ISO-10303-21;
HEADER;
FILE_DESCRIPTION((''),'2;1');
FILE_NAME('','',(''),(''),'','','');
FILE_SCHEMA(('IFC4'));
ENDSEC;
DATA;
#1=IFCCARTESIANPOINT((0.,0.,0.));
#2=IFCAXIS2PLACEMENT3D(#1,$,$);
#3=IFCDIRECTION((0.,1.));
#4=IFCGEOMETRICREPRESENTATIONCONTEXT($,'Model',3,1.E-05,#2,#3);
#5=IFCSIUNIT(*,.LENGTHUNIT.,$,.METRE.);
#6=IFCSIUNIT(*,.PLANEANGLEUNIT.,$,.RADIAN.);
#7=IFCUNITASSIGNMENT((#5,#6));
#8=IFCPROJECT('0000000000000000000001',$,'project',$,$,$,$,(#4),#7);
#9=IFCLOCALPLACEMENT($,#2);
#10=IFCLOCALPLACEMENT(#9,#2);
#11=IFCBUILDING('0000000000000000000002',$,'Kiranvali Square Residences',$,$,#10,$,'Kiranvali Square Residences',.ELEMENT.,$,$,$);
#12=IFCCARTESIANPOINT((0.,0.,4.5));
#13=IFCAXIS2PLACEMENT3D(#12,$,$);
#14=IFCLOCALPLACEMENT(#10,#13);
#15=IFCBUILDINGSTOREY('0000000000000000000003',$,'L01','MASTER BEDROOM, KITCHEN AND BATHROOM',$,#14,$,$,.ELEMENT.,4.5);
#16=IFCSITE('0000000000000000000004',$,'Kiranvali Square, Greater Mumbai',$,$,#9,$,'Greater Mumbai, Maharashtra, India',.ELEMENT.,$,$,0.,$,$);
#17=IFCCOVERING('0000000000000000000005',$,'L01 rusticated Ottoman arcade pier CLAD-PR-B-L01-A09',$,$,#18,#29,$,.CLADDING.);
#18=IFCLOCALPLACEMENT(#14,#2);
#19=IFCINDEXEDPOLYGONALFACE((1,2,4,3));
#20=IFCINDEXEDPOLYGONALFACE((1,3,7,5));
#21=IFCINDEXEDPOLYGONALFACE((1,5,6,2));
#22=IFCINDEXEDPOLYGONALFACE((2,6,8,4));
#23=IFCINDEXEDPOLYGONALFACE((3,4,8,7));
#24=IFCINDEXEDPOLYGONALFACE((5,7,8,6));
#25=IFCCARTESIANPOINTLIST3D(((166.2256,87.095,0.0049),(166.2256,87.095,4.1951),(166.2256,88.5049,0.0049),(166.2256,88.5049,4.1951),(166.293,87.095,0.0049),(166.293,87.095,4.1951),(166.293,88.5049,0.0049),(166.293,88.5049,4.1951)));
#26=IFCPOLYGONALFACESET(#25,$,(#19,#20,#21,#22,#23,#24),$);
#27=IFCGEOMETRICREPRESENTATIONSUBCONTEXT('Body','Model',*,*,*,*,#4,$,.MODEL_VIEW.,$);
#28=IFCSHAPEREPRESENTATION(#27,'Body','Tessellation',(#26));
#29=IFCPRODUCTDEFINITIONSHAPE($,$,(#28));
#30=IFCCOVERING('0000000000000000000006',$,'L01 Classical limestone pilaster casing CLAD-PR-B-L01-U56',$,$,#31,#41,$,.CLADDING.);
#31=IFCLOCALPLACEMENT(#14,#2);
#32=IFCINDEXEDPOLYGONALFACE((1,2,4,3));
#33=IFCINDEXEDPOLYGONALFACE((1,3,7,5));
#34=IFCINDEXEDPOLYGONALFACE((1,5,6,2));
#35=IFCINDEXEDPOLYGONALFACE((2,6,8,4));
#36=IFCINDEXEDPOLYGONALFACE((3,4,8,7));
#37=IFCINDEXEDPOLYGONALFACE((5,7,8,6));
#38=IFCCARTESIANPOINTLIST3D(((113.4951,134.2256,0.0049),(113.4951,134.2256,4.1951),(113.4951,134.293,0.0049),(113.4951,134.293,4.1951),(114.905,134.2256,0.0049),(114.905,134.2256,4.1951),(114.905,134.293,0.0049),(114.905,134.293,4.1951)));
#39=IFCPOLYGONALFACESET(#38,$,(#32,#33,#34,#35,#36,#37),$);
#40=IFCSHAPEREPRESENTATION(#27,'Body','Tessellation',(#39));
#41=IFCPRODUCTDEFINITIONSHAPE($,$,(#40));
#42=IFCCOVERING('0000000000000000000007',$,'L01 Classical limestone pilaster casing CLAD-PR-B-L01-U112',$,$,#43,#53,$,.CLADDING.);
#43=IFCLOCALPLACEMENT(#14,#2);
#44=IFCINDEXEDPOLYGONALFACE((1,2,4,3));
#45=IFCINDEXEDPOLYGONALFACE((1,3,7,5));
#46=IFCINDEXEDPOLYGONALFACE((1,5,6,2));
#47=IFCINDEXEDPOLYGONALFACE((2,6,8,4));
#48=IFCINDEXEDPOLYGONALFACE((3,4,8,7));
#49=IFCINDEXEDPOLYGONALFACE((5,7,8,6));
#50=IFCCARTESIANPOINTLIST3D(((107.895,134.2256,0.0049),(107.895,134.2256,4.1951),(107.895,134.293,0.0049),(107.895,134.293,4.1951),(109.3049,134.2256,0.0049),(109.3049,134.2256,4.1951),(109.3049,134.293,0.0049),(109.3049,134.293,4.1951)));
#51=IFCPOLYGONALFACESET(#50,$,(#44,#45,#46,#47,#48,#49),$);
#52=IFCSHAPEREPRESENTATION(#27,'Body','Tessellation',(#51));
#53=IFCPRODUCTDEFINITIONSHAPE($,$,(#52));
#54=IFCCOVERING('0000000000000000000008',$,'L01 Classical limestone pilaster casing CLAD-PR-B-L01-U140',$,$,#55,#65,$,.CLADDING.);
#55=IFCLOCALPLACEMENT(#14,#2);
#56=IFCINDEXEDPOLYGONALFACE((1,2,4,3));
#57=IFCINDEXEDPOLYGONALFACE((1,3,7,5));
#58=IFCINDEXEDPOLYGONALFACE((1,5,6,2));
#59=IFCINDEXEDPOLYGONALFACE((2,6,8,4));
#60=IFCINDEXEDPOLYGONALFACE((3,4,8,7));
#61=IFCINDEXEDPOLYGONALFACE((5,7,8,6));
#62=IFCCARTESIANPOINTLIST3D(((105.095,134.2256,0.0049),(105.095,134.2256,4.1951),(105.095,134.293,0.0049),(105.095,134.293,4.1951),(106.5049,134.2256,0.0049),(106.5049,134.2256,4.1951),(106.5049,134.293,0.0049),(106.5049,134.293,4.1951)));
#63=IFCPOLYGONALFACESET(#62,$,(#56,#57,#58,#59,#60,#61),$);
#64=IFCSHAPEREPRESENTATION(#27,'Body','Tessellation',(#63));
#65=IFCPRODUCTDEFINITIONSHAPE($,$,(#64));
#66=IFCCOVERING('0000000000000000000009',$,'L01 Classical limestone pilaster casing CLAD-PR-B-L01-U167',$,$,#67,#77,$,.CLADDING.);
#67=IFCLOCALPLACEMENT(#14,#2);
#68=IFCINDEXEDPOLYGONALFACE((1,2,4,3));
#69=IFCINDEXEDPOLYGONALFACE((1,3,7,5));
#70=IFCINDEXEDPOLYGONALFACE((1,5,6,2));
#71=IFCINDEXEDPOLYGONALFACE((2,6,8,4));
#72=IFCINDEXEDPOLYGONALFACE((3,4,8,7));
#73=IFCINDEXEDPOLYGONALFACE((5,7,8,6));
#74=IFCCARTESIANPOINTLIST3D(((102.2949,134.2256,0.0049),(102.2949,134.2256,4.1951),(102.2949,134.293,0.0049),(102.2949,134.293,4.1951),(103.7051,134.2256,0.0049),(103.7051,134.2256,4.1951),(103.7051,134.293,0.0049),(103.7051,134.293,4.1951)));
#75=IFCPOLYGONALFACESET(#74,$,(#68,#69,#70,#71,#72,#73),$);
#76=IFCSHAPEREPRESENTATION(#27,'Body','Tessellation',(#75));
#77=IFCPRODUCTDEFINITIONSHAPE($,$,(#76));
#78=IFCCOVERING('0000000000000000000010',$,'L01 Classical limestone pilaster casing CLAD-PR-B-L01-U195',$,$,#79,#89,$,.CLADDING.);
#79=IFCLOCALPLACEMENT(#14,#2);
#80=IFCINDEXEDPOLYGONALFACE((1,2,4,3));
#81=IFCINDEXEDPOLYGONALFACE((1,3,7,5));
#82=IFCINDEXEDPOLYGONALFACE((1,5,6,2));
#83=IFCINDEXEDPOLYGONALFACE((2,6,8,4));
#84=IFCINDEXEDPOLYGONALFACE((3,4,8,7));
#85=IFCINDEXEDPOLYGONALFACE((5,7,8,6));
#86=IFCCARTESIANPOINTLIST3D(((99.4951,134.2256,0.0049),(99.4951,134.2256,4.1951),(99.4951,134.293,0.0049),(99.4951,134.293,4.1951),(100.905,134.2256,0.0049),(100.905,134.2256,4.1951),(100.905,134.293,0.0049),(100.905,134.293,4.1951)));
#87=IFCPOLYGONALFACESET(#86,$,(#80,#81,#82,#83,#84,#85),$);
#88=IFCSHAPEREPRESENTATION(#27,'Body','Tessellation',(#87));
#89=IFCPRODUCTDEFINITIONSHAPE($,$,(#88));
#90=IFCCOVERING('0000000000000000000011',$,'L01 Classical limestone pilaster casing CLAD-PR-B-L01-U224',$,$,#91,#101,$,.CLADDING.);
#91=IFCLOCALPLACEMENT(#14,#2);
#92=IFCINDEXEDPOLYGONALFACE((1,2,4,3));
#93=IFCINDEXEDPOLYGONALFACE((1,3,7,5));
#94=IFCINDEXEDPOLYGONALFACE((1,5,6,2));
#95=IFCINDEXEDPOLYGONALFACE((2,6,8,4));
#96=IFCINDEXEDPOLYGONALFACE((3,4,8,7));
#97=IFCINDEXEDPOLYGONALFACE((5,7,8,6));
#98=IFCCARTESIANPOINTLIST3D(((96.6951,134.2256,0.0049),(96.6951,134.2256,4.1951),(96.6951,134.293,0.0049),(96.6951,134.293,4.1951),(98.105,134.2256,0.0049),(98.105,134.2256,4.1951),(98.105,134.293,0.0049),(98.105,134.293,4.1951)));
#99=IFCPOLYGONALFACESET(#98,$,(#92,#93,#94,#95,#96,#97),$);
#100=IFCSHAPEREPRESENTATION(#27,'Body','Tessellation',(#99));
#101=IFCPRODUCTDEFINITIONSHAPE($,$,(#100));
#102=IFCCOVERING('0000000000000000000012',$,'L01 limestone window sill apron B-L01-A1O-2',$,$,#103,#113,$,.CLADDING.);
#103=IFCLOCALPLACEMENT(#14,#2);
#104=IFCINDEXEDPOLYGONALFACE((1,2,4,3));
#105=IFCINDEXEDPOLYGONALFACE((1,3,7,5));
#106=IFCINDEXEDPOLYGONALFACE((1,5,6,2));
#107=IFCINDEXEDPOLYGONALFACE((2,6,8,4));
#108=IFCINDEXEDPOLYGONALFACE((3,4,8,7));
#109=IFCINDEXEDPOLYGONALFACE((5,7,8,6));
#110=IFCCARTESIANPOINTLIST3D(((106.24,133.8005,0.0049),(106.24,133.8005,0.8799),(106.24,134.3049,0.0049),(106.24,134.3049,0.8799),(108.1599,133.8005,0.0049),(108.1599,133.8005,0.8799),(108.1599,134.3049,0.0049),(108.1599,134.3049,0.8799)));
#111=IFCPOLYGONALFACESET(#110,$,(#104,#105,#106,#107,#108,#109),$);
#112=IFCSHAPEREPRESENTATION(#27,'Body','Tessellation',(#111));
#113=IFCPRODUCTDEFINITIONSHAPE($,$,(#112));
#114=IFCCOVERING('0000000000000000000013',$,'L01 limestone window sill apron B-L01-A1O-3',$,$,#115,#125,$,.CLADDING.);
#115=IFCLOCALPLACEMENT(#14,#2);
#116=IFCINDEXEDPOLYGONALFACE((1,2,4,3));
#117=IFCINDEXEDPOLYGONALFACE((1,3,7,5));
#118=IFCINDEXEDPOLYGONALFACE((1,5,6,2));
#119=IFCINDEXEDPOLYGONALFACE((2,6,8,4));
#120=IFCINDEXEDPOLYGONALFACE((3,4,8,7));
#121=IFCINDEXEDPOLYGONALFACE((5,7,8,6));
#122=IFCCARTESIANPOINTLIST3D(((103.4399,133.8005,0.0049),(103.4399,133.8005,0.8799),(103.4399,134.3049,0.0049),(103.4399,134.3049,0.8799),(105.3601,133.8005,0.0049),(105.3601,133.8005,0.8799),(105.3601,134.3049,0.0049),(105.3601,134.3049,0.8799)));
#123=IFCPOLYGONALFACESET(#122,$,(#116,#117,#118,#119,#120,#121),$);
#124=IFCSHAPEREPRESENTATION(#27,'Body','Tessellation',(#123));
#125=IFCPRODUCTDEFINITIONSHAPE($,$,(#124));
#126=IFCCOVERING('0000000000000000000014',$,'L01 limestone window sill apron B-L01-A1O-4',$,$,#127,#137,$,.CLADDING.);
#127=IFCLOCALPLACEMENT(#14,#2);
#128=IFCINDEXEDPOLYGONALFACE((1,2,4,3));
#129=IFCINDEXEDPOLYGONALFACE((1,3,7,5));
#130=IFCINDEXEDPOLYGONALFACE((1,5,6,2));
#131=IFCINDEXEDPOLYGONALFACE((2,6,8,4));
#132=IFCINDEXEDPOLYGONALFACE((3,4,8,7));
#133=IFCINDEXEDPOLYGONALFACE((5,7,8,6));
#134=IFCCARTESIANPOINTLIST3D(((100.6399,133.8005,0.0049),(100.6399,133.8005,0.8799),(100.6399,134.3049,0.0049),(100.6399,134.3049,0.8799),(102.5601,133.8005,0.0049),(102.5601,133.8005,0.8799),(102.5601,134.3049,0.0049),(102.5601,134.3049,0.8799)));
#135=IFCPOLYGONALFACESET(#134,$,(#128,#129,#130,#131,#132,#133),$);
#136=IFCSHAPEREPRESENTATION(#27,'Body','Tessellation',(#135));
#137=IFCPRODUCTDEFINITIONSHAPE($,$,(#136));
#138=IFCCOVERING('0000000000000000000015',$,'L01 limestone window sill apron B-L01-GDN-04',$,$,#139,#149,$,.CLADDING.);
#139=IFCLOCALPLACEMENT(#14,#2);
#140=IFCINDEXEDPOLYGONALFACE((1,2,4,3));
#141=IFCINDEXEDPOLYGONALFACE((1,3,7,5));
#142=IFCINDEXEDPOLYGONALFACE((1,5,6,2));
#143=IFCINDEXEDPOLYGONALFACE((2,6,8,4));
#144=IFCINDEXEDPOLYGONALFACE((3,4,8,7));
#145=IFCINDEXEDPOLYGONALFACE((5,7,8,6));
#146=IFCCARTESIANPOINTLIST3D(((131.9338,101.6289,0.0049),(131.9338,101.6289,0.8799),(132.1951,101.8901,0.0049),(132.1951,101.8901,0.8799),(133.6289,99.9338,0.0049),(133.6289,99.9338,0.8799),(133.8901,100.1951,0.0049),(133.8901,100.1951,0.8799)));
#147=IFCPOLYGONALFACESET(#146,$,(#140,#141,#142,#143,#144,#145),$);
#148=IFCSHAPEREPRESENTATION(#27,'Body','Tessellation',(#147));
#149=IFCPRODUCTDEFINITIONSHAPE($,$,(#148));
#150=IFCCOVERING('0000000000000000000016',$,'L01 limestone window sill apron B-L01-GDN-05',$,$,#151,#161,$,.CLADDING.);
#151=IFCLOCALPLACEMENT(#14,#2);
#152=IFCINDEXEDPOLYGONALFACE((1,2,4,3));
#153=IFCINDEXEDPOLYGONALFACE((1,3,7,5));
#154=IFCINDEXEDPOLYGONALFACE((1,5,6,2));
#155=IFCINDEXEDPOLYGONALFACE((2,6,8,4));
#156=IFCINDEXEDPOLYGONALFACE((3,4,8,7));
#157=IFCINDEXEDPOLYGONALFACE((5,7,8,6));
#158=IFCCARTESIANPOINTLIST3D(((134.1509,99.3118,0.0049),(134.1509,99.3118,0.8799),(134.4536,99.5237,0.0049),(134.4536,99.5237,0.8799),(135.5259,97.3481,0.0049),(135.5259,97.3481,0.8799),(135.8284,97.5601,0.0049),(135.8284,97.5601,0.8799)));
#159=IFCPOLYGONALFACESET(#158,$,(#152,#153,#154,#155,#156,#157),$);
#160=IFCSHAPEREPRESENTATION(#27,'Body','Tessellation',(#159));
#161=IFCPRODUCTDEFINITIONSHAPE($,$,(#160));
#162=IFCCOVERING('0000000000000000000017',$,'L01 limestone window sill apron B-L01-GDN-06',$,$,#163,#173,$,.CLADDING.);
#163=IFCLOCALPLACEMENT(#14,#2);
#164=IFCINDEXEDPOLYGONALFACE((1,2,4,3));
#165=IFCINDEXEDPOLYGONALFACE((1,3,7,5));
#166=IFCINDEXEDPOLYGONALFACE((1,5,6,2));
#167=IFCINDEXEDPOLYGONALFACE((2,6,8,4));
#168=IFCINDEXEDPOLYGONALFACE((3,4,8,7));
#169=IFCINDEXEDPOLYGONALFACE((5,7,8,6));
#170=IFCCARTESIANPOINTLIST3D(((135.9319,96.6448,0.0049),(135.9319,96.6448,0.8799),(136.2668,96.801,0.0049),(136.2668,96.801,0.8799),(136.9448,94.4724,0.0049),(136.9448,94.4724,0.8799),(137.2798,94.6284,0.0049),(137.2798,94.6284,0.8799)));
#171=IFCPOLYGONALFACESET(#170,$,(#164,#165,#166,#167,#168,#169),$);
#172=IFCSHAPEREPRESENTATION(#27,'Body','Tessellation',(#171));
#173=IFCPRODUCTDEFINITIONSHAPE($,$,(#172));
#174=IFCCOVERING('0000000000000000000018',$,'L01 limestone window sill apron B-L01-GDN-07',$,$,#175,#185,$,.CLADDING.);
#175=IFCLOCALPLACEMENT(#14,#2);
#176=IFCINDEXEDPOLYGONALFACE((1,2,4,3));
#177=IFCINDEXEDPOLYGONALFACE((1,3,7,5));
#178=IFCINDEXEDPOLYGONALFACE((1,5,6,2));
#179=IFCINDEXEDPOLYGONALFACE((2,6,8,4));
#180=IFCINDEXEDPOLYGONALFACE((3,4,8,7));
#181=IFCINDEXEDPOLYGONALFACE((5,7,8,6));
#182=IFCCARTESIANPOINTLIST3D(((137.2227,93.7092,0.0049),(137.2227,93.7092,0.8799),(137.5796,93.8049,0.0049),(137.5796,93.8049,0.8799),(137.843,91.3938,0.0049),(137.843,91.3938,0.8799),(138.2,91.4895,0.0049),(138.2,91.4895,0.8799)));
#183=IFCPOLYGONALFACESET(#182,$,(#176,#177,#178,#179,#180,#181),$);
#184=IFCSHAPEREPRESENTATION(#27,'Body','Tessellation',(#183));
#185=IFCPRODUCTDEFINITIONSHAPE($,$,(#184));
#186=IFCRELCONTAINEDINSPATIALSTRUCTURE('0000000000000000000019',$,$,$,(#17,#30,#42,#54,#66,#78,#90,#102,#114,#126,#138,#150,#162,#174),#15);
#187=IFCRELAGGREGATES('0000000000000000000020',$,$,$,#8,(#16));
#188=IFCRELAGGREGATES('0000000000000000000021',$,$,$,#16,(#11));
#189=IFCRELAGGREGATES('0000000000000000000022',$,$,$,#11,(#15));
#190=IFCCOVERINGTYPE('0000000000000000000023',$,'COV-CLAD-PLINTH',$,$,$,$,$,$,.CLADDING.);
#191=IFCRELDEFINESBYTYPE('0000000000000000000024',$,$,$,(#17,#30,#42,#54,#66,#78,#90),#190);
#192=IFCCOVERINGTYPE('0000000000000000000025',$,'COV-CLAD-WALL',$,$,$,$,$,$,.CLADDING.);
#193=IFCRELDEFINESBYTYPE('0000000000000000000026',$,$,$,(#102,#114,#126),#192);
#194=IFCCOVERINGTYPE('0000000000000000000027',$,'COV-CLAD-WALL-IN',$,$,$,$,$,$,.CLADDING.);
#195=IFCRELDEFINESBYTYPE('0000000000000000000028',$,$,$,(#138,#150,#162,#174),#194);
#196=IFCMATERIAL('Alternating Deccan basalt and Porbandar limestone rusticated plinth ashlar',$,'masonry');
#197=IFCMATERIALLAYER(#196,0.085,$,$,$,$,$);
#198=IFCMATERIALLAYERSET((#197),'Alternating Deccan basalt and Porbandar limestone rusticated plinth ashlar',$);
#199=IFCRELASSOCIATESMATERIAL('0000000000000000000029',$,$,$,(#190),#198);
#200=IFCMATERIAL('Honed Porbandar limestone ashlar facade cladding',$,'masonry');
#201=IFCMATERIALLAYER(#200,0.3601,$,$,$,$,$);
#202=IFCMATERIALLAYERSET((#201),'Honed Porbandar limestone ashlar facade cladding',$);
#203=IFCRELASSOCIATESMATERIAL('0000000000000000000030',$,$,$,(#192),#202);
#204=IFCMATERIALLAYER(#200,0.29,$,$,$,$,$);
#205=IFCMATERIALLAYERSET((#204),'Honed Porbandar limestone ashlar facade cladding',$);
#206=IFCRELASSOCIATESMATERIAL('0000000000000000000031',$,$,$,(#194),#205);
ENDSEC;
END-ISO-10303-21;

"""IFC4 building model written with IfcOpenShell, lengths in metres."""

from ifc_helpers import new_model, si_unit, direction, frame, origin, place, context, subcontext, project, spatial, polyline, outline, extrude, material, layer, layer_set, type_object, element, save


model = new_model("IFC4")

# Units and contexts
model_context = context("Model", 3, precision=1e-05, world=origin(), true_north=direction((0.0, 1.0)))
body_context = subcontext(model_context, "Body", "Model", "MODEL_VIEW")
ifc_project = project(units=[si_unit("LENGTHUNIT", "METRE"), si_unit("PLANEANGLEUNIT", "RADIAN")], contexts=[model_context])

# Site, building, storey
site_placement = place(None, origin())
site = spatial("IfcSite", under=ifc_project, at=site_placement, Name="Kiranvali Square, Greater Mumbai", LongName="Greater Mumbai, Maharashtra, India", CompositionType="ELEMENT", RefElevation=0.0)
building_placement = place(site_placement, origin())
building = spatial("IfcBuilding", under=site, at=building_placement, Name="Kiranvali Square Residences", LongName="Kiranvali Square Residences", CompositionType="ELEMENT")
storey_placement = place(building_placement, frame((0.0, 0.0, 4.5)))
storey = spatial("IfcBuildingStorey", under=building, at=storey_placement, Name="L01", Description="MASTER BEDROOM, KITCHEN AND BATHROOM", CompositionType="ELEMENT", Elevation=4.5)

# Coverings
ifc_material_1 = material(Name="Honed Porbandar limestone ashlar facade cladding", Category="masonry")
ifc_material_2 = material(Name="Alternating Deccan basalt and Porbandar limestone rusticated plinth ashlar", Category="masonry")
ifc_layer_1 = layer(ifc_material_2, 0.085)
ifc_layer_set_1 = layer_set([ifc_layer_1], Name="Alternating Deccan basalt and Porbandar limestone rusticated plinth ashlar")
covering_type_1 = type_object("IfcCoveringType", Name="COV-CLAD-PLINTH", PredefinedType="CLADDING", material=ifc_layer_set_1)
covering_1_placement = place(storey_placement, frame((0.0, 0.0, 0.0049)))
element("IfcCovering", 1, at=covering_1_placement, inside=storey, type_object=covering_type_1, Name="L01 rusticated Ottoman arcade pier CLAD-PR-B-L01-A09", PredefinedType="CLADDING", context=body_context, shape_type="SweptSolid", body=[
    extrude(outline(polyline([(166.293, 87.095), (166.293, 88.5049), (166.2256, 88.5049), (166.2256, 87.095), (166.293, 87.095)])), origin(), (0.0, 0.0, 1.0), 4.1902),
])
covering_2_placement = place(storey_placement, frame((0.0, 0.0, 0.0049)))
element("IfcCovering", 2, at=covering_2_placement, inside=storey, type_object=covering_type_1, Name="L01 Classical limestone pilaster casing CLAD-PR-B-L01-U56", PredefinedType="CLADDING", context=body_context, shape_type="SweptSolid", body=[
    extrude(outline(polyline([(114.905, 134.293), (113.4951, 134.293), (113.4951, 134.2256), (114.905, 134.2256), (114.905, 134.293)])), origin(), (0.0, 0.0, 1.0), 4.1902),
])
covering_3_placement = place(storey_placement, frame((0.0, 0.0, 0.0049)))
element("IfcCovering", 3, at=covering_3_placement, inside=storey, type_object=covering_type_1, Name="L01 Classical limestone pilaster casing CLAD-PR-B-L01-U112", PredefinedType="CLADDING", context=body_context, shape_type="SweptSolid", body=[
    extrude(outline(polyline([(109.3049, 134.293), (107.895, 134.293), (107.895, 134.2256), (109.3049, 134.2256), (109.3049, 134.293)])), origin(), (0.0, 0.0, 1.0), 4.1902),
])
covering_4_placement = place(storey_placement, frame((0.0, 0.0, 0.0049)))
element("IfcCovering", 4, at=covering_4_placement, inside=storey, type_object=covering_type_1, Name="L01 Classical limestone pilaster casing CLAD-PR-B-L01-U140", PredefinedType="CLADDING", context=body_context, shape_type="SweptSolid", body=[
    extrude(outline(polyline([(106.5049, 134.293), (105.095, 134.293), (105.095, 134.2256), (106.5049, 134.2256), (106.5049, 134.293)])), origin(), (0.0, 0.0, 1.0), 4.1902),
])
covering_5_placement = place(storey_placement, frame((0.0, 0.0, 0.0049)))
element("IfcCovering", 5, at=covering_5_placement, inside=storey, type_object=covering_type_1, Name="L01 Classical limestone pilaster casing CLAD-PR-B-L01-U167", PredefinedType="CLADDING", context=body_context, shape_type="SweptSolid", body=[
    extrude(outline(polyline([(103.7051, 134.293), (102.2949, 134.293), (102.2949, 134.2256), (103.7051, 134.2256), (103.7051, 134.293)])), origin(), (0.0, 0.0, 1.0), 4.1902),
])
covering_6_placement = place(storey_placement, frame((0.0, 0.0, 0.0049)))
element("IfcCovering", 6, at=covering_6_placement, inside=storey, type_object=covering_type_1, Name="L01 Classical limestone pilaster casing CLAD-PR-B-L01-U195", PredefinedType="CLADDING", context=body_context, shape_type="SweptSolid", body=[
    extrude(outline(polyline([(100.905, 134.293), (99.4951, 134.293), (99.4951, 134.2256), (100.905, 134.2256), (100.905, 134.293)])), origin(), (0.0, 0.0, 1.0), 4.1902),
])
covering_7_placement = place(storey_placement, frame((0.0, 0.0, 0.0049)))
element("IfcCovering", 7, at=covering_7_placement, inside=storey, type_object=covering_type_1, Name="L01 Classical limestone pilaster casing CLAD-PR-B-L01-U224", PredefinedType="CLADDING", context=body_context, shape_type="SweptSolid", body=[
    extrude(outline(polyline([(98.105, 134.293), (96.6951, 134.293), (96.6951, 134.2256), (98.105, 134.2256), (98.105, 134.293)])), origin(), (0.0, 0.0, 1.0), 4.1902),
])
ifc_layer_2 = layer(ifc_material_1, 0.3601)
ifc_layer_set_2 = layer_set([ifc_layer_2], Name="Honed Porbandar limestone ashlar facade cladding")
covering_type_2 = type_object("IfcCoveringType", Name="COV-CLAD-WALL", PredefinedType="CLADDING", material=ifc_layer_set_2)
covering_8_placement = place(storey_placement, frame((0.0, 0.0, 0.0049)))
element("IfcCovering", 8, at=covering_8_placement, inside=storey, type_object=covering_type_2, Name="L01 limestone window sill apron B-L01-A1O-2", PredefinedType="CLADDING", context=body_context, shape_type="SweptSolid", body=[
    extrude(outline(polyline([(108.1599, 134.3049), (106.24, 134.3049), (106.24, 133.8005), (108.1599, 133.8005), (108.1599, 134.3049)])), origin(), (0.0, 0.0, 1.0), 0.875),
])
covering_9_placement = place(storey_placement, frame((0.0, 0.0, 0.0049)))
element("IfcCovering", 9, at=covering_9_placement, inside=storey, type_object=covering_type_2, Name="L01 limestone window sill apron B-L01-A1O-3", PredefinedType="CLADDING", context=body_context, shape_type="SweptSolid", body=[
    extrude(outline(polyline([(105.3601, 134.3049), (103.4399, 134.3049), (103.4399, 133.8005), (105.3601, 133.8005), (105.3601, 134.3049)])), origin(), (0.0, 0.0, 1.0), 0.875),
])
covering_10_placement = place(storey_placement, frame((0.0, 0.0, 0.0049)))
element("IfcCovering", 10, at=covering_10_placement, inside=storey, type_object=covering_type_2, Name="L01 limestone window sill apron B-L01-A1O-4", PredefinedType="CLADDING", context=body_context, shape_type="SweptSolid", body=[
    extrude(outline(polyline([(102.5601, 134.3049), (100.6399, 134.3049), (100.6399, 133.8005), (102.5601, 133.8005), (102.5601, 134.3049)])), origin(), (0.0, 0.0, 1.0), 0.875),
])
ifc_layer_3 = layer(ifc_material_1, 0.29)
ifc_layer_set_3 = layer_set([ifc_layer_3], Name="Honed Porbandar limestone ashlar facade cladding")
covering_type_3 = type_object("IfcCoveringType", Name="COV-CLAD-WALL-IN", PredefinedType="CLADDING", material=ifc_layer_set_3)
covering_11_placement = place(storey_placement, frame((0.0, 0.0, 0.0049)))
element("IfcCovering", 11, at=covering_11_placement, inside=storey, type_object=covering_type_3, Name="L01 limestone window sill apron B-L01-GDN-04", PredefinedType="CLADDING", context=body_context, shape_type="SweptSolid", body=[
    extrude(outline(polyline([(131.9338, 101.6289), (133.6289, 99.9338), (133.8901, 100.1951), (132.1951, 101.8901), (131.9338, 101.6289)])), origin(), (0.0, 0.0, 1.0), 0.875),
])
covering_12_placement = place(storey_placement, frame((0.0, 0.0, 0.0049)))
element("IfcCovering", 12, at=covering_12_placement, inside=storey, type_object=covering_type_3, Name="L01 limestone window sill apron B-L01-GDN-05", PredefinedType="CLADDING", context=body_context, shape_type="SweptSolid", body=[
    extrude(outline(polyline([(134.1509, 99.3118), (135.5259, 97.3481), (135.8284, 97.5601), (134.4536, 99.5237), (134.1509, 99.3118)])), origin(), (0.0, 0.0, 1.0), 0.875),
])
covering_13_placement = place(storey_placement, frame((0.0, 0.0, 0.0049)))
element("IfcCovering", 13, at=covering_13_placement, inside=storey, type_object=covering_type_3, Name="L01 limestone window sill apron B-L01-GDN-06", PredefinedType="CLADDING", context=body_context, shape_type="SweptSolid", body=[
    extrude(outline(polyline([(135.9319, 96.6448), (136.9448, 94.4724), (137.2798, 94.6284), (136.2668, 96.801), (135.9319, 96.6448)])), origin(), (0.0, 0.0, 1.0), 0.875),
])
covering_14_placement = place(storey_placement, frame((0.0, 0.0, 0.0049)))
element("IfcCovering", 14, at=covering_14_placement, inside=storey, type_object=covering_type_3, Name="L01 limestone window sill apron B-L01-GDN-07", PredefinedType="CLADDING", context=body_context, shape_type="SweptSolid", body=[
    extrude(outline(polyline([(137.2227, 93.7092), (137.843, 91.3938), (138.2, 91.4895), (137.5796, 93.8049), (137.2227, 93.7092)])), origin(), (0.0, 0.0, 1.0), 0.875),
])

save(model, "model.ifc")
